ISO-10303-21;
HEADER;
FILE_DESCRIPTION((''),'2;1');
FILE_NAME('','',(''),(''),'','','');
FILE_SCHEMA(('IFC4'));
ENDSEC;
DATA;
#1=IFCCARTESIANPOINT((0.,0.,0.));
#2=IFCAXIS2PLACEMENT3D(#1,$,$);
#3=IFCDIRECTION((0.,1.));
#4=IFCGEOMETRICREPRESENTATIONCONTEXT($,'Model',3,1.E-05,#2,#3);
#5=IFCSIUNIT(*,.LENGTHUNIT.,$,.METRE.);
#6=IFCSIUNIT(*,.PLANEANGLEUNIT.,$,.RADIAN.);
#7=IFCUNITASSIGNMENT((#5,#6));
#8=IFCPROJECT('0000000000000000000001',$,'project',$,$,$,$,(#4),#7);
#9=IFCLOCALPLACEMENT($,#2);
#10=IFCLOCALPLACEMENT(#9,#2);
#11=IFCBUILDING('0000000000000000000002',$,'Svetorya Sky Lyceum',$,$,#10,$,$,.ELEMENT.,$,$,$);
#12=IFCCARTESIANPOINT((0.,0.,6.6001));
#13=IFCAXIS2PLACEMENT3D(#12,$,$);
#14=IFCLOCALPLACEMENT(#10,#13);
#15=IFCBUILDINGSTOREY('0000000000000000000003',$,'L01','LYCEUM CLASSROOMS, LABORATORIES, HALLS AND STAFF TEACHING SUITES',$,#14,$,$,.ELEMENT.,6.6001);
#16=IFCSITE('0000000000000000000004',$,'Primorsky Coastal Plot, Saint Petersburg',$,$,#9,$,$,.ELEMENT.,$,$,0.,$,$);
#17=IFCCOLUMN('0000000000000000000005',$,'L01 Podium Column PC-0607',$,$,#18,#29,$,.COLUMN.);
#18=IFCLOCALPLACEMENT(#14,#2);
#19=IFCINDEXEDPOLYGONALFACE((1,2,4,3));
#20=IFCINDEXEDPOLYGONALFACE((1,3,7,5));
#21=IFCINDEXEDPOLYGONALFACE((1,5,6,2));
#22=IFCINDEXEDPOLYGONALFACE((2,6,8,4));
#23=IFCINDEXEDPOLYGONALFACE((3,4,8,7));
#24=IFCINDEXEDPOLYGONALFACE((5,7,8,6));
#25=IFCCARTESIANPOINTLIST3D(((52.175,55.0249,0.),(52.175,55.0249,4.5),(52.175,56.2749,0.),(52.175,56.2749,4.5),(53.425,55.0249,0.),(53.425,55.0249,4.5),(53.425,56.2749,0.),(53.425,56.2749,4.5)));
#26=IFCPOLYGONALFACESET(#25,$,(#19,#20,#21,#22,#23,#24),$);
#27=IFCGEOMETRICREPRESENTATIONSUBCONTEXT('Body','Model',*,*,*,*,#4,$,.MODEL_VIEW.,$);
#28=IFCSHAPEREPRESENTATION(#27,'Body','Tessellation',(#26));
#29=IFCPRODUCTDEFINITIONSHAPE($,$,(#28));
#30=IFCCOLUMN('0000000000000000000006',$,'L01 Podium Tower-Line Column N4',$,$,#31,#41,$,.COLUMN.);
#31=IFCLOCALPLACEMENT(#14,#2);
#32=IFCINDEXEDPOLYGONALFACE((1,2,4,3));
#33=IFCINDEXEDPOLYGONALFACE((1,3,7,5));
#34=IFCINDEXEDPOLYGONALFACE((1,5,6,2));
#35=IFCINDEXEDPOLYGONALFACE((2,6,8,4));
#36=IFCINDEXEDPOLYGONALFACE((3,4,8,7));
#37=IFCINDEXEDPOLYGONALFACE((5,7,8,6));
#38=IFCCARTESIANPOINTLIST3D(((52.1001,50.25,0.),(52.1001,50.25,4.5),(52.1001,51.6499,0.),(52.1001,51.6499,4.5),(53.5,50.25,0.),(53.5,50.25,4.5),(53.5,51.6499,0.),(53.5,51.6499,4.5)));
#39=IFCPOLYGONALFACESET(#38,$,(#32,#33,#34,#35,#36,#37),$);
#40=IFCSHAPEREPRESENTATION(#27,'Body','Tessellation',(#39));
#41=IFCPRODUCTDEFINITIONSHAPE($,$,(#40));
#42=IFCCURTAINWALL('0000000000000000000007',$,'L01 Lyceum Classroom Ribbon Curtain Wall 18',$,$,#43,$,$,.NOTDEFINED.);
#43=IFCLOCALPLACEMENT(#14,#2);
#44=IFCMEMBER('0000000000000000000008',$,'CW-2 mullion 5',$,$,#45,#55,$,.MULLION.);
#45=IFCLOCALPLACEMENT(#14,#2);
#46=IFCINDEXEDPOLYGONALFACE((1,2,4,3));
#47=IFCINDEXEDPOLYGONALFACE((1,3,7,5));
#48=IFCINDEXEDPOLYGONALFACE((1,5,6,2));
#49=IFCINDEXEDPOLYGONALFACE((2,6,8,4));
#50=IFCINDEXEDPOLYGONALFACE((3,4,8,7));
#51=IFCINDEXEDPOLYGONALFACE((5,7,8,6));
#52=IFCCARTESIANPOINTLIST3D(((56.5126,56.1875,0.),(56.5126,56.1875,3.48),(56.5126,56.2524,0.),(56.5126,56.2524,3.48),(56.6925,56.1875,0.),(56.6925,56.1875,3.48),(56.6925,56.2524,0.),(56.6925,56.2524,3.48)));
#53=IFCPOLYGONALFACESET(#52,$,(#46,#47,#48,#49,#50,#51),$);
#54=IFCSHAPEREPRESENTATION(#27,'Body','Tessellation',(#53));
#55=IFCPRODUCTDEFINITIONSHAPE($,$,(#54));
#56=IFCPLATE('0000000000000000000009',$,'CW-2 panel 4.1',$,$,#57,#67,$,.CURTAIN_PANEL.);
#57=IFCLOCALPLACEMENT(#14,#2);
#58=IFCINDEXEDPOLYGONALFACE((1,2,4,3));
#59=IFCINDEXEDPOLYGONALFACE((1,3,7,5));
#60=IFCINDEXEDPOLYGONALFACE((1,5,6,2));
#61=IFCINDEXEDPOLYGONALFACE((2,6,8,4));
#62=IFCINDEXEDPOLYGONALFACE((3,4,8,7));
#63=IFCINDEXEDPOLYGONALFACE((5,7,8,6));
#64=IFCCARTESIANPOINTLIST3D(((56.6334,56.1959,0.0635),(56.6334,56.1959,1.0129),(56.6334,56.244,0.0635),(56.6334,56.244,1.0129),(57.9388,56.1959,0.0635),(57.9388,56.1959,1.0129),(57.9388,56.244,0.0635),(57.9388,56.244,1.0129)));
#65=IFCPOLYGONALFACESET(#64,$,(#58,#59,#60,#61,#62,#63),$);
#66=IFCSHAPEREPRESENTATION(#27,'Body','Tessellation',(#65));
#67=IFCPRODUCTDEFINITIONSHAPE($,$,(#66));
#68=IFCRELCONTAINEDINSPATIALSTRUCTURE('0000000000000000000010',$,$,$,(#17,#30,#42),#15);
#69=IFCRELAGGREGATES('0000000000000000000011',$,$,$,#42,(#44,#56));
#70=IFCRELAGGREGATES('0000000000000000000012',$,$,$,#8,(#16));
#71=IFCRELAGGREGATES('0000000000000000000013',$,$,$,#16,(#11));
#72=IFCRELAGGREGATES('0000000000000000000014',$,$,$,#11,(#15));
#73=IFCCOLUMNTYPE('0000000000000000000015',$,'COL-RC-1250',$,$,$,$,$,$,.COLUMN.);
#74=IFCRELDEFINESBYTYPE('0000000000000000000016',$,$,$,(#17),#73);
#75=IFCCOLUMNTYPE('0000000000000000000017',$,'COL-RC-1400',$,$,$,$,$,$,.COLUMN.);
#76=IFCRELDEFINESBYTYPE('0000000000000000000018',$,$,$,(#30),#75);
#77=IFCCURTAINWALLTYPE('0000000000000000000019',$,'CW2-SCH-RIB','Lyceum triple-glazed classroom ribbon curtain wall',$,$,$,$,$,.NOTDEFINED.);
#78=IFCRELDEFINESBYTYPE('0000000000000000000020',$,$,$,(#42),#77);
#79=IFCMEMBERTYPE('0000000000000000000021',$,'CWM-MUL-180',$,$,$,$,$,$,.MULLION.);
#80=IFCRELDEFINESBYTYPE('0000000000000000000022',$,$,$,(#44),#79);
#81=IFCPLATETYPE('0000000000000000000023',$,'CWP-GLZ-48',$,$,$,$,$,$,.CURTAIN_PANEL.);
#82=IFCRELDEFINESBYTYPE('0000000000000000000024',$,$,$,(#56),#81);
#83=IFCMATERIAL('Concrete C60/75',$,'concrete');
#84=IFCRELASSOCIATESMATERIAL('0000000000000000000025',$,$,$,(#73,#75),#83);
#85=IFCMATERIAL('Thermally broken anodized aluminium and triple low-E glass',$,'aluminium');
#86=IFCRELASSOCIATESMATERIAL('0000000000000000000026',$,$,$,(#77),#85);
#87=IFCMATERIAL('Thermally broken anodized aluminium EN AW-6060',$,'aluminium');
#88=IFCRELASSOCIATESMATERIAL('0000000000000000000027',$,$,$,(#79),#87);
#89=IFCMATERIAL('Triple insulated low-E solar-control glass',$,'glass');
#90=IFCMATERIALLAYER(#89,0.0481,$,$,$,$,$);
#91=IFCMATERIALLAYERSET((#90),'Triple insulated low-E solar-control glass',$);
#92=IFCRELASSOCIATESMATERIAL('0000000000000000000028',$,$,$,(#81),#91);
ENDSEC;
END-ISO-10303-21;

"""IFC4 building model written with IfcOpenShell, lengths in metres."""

from ifc_helpers import new_model, si_unit, direction, frame, origin, origin_2d, place, context, subcontext, project, spatial, rectangle, extrude, material, layer, layer_set, material_profile, profile_set, type_object, element, aggregate, save


model = new_model("IFC4")

# Units and contexts
model_context = context("Model", 3, precision=1e-05, world=origin(), true_north=direction((0.0, 1.0)))
body_context = subcontext(model_context, "Body", "Model", "MODEL_VIEW")
ifc_project = project(units=[si_unit("LENGTHUNIT", "METRE"), si_unit("PLANEANGLEUNIT", "RADIAN")], contexts=[model_context])

# Site, building, storey
site_placement = place(None, origin())
site = spatial("IfcSite", under=ifc_project, at=site_placement, Name="Primorsky Coastal Plot, Saint Petersburg", CompositionType="ELEMENT", RefElevation=0.0)
building_placement = place(site_placement, origin())
building = spatial("IfcBuilding", under=site, at=building_placement, Name="Svetorya Sky Lyceum", CompositionType="ELEMENT")
storey_placement = place(building_placement, frame((0.0, 0.0, 6.6001)))
storey = spatial("IfcBuildingStorey", under=building, at=storey_placement, Name="L01", Description="LYCEUM CLASSROOMS, LABORATORIES, HALLS AND STAFF TEACHING SUITES", CompositionType="ELEMENT", Elevation=6.6001)

# Columns
ifc_material_1 = material(Name="Concrete C60/75", Category="concrete")
ifc_material_profile_1 = material_profile(ifc_material_1, rectangle(XDim=1.25, YDim=1.25, at=origin_2d()), Name="RC COL 1250x1250")
ifc_profile_set_1 = profile_set([ifc_material_profile_1], Name="Concrete C60/75")
column_type_1 = type_object("IfcColumnType", Name="COL-RC-1250", PredefinedType="COLUMN", material=ifc_profile_set_1)
column_1_placement = place(storey_placement, frame((52.8, 55.6499, 0.0), z_axis=(0.0, 0.0, 1.0), x_axis=(1.0, 0.0, 0.0)))
element("IfcColumn", 1, at=column_1_placement, inside=storey, type_object=column_type_1, Name="L01 Podium Column PC-0607", PredefinedType="COLUMN", context=body_context, shape_type="SweptSolid", body=[
    extrude(rectangle(XDim=1.25, YDim=1.25, at=origin_2d()), origin(), (0.0, 0.0, 1.0), 4.5),
])
ifc_material_profile_2 = material_profile(ifc_material_1, rectangle(XDim=1.3999, YDim=1.3999, at=origin_2d()), Name="RC COL 1400x1400")
ifc_profile_set_2 = profile_set([ifc_material_profile_2], Name="Concrete C60/75")
column_type_2 = type_object("IfcColumnType", Name="COL-RC-1400", PredefinedType="COLUMN", material=ifc_profile_set_2)
column_2_placement = place(storey_placement, frame((52.8, 50.95, 0.0), z_axis=(0.0, 0.0, 1.0), x_axis=(1.0, 0.0, 0.0)))
element("IfcColumn", 2, at=column_2_placement, inside=storey, type_object=column_type_2, Name="L01 Podium Tower-Line Column N4", PredefinedType="COLUMN", context=body_context, shape_type="SweptSolid", body=[
    extrude(rectangle(XDim=1.3999, YDim=1.3999, at=origin_2d()), origin(), (0.0, 0.0, 1.0), 4.5),
])

# Curtain wall, member, plate
ifc_material_2 = material(Name="Thermally broken anodized aluminium and triple low-E glass", Category="aluminium")
curtain_wall_type = type_object("IfcCurtainWallType", Name="CW2-SCH-RIB", Description="Lyceum triple-glazed classroom ribbon curtain wall", PredefinedType="NOTDEFINED", material=ifc_material_2)
curtain_wall_placement = place(storey_placement, origin())
curtain_wall = element("IfcCurtainWall", 3, at=curtain_wall_placement, inside=storey, type_object=curtain_wall_type, Name="L01 Lyceum Classroom Ribbon Curtain Wall 18", PredefinedType="NOTDEFINED")
ifc_material_3 = material(Name="Thermally broken anodized aluminium EN AW-6060", Category="aluminium")
ifc_material_profile_3 = material_profile(ifc_material_3, rectangle(XDim=0.0649, YDim=0.1799, at=origin_2d()), Name="ALU MULLION 65x180")
ifc_profile_set_3 = profile_set([ifc_material_profile_3], Name="Thermally broken anodized aluminium EN AW-6060")
member_type = type_object("IfcMemberType", Name="CWM-MUL-180", PredefinedType="MULLION", material=ifc_profile_set_3)
member_placement = place(storey_placement, frame((56.6025, 56.22, 0.0), z_axis=(0.0, 0.0, 1.0), x_axis=(0.0, -1.0, 0.0)))
member = element("IfcMember", 4, at=member_placement, type_object=member_type, Name="CW-2 mullion 5", PredefinedType="MULLION", context=body_context, shape_type="SweptSolid", body=[
    extrude(rectangle(XDim=0.0649, YDim=0.1799, at=origin_2d()), origin(), (0.0, 0.0, 1.0), 3.48),
])
ifc_material_4 = material(Name="Triple insulated low-E solar-control glass", Category="glass")
ifc_layer_1 = layer(ifc_material_4, 0.0481)
ifc_layer_set_1 = layer_set([ifc_layer_1], Name="Triple insulated low-E solar-control glass")
plate_type = type_object("IfcPlateType", Name="CWP-GLZ-48", PredefinedType="CURTAIN_PANEL", material=ifc_layer_set_1)
plate_placement = place(storey_placement, frame((57.2861, 56.22, 0.0635), z_axis=(0.0, 0.0, 1.0), x_axis=(-1.0, 0.0, 0.0)))
plate = element("IfcPlate", 5, at=plate_placement, type_object=plate_type, Name="CW-2 panel 4.1", PredefinedType="CURTAIN_PANEL", context=body_context, shape_type="SweptSolid", body=[
    extrude(rectangle(XDim=1.3054, YDim=0.0481, at=origin_2d()), origin(), (0.0, 0.0, 1.0), 0.9495),
])
aggregate(curtain_wall, [member, plate])

save(model, "model.ifc")
